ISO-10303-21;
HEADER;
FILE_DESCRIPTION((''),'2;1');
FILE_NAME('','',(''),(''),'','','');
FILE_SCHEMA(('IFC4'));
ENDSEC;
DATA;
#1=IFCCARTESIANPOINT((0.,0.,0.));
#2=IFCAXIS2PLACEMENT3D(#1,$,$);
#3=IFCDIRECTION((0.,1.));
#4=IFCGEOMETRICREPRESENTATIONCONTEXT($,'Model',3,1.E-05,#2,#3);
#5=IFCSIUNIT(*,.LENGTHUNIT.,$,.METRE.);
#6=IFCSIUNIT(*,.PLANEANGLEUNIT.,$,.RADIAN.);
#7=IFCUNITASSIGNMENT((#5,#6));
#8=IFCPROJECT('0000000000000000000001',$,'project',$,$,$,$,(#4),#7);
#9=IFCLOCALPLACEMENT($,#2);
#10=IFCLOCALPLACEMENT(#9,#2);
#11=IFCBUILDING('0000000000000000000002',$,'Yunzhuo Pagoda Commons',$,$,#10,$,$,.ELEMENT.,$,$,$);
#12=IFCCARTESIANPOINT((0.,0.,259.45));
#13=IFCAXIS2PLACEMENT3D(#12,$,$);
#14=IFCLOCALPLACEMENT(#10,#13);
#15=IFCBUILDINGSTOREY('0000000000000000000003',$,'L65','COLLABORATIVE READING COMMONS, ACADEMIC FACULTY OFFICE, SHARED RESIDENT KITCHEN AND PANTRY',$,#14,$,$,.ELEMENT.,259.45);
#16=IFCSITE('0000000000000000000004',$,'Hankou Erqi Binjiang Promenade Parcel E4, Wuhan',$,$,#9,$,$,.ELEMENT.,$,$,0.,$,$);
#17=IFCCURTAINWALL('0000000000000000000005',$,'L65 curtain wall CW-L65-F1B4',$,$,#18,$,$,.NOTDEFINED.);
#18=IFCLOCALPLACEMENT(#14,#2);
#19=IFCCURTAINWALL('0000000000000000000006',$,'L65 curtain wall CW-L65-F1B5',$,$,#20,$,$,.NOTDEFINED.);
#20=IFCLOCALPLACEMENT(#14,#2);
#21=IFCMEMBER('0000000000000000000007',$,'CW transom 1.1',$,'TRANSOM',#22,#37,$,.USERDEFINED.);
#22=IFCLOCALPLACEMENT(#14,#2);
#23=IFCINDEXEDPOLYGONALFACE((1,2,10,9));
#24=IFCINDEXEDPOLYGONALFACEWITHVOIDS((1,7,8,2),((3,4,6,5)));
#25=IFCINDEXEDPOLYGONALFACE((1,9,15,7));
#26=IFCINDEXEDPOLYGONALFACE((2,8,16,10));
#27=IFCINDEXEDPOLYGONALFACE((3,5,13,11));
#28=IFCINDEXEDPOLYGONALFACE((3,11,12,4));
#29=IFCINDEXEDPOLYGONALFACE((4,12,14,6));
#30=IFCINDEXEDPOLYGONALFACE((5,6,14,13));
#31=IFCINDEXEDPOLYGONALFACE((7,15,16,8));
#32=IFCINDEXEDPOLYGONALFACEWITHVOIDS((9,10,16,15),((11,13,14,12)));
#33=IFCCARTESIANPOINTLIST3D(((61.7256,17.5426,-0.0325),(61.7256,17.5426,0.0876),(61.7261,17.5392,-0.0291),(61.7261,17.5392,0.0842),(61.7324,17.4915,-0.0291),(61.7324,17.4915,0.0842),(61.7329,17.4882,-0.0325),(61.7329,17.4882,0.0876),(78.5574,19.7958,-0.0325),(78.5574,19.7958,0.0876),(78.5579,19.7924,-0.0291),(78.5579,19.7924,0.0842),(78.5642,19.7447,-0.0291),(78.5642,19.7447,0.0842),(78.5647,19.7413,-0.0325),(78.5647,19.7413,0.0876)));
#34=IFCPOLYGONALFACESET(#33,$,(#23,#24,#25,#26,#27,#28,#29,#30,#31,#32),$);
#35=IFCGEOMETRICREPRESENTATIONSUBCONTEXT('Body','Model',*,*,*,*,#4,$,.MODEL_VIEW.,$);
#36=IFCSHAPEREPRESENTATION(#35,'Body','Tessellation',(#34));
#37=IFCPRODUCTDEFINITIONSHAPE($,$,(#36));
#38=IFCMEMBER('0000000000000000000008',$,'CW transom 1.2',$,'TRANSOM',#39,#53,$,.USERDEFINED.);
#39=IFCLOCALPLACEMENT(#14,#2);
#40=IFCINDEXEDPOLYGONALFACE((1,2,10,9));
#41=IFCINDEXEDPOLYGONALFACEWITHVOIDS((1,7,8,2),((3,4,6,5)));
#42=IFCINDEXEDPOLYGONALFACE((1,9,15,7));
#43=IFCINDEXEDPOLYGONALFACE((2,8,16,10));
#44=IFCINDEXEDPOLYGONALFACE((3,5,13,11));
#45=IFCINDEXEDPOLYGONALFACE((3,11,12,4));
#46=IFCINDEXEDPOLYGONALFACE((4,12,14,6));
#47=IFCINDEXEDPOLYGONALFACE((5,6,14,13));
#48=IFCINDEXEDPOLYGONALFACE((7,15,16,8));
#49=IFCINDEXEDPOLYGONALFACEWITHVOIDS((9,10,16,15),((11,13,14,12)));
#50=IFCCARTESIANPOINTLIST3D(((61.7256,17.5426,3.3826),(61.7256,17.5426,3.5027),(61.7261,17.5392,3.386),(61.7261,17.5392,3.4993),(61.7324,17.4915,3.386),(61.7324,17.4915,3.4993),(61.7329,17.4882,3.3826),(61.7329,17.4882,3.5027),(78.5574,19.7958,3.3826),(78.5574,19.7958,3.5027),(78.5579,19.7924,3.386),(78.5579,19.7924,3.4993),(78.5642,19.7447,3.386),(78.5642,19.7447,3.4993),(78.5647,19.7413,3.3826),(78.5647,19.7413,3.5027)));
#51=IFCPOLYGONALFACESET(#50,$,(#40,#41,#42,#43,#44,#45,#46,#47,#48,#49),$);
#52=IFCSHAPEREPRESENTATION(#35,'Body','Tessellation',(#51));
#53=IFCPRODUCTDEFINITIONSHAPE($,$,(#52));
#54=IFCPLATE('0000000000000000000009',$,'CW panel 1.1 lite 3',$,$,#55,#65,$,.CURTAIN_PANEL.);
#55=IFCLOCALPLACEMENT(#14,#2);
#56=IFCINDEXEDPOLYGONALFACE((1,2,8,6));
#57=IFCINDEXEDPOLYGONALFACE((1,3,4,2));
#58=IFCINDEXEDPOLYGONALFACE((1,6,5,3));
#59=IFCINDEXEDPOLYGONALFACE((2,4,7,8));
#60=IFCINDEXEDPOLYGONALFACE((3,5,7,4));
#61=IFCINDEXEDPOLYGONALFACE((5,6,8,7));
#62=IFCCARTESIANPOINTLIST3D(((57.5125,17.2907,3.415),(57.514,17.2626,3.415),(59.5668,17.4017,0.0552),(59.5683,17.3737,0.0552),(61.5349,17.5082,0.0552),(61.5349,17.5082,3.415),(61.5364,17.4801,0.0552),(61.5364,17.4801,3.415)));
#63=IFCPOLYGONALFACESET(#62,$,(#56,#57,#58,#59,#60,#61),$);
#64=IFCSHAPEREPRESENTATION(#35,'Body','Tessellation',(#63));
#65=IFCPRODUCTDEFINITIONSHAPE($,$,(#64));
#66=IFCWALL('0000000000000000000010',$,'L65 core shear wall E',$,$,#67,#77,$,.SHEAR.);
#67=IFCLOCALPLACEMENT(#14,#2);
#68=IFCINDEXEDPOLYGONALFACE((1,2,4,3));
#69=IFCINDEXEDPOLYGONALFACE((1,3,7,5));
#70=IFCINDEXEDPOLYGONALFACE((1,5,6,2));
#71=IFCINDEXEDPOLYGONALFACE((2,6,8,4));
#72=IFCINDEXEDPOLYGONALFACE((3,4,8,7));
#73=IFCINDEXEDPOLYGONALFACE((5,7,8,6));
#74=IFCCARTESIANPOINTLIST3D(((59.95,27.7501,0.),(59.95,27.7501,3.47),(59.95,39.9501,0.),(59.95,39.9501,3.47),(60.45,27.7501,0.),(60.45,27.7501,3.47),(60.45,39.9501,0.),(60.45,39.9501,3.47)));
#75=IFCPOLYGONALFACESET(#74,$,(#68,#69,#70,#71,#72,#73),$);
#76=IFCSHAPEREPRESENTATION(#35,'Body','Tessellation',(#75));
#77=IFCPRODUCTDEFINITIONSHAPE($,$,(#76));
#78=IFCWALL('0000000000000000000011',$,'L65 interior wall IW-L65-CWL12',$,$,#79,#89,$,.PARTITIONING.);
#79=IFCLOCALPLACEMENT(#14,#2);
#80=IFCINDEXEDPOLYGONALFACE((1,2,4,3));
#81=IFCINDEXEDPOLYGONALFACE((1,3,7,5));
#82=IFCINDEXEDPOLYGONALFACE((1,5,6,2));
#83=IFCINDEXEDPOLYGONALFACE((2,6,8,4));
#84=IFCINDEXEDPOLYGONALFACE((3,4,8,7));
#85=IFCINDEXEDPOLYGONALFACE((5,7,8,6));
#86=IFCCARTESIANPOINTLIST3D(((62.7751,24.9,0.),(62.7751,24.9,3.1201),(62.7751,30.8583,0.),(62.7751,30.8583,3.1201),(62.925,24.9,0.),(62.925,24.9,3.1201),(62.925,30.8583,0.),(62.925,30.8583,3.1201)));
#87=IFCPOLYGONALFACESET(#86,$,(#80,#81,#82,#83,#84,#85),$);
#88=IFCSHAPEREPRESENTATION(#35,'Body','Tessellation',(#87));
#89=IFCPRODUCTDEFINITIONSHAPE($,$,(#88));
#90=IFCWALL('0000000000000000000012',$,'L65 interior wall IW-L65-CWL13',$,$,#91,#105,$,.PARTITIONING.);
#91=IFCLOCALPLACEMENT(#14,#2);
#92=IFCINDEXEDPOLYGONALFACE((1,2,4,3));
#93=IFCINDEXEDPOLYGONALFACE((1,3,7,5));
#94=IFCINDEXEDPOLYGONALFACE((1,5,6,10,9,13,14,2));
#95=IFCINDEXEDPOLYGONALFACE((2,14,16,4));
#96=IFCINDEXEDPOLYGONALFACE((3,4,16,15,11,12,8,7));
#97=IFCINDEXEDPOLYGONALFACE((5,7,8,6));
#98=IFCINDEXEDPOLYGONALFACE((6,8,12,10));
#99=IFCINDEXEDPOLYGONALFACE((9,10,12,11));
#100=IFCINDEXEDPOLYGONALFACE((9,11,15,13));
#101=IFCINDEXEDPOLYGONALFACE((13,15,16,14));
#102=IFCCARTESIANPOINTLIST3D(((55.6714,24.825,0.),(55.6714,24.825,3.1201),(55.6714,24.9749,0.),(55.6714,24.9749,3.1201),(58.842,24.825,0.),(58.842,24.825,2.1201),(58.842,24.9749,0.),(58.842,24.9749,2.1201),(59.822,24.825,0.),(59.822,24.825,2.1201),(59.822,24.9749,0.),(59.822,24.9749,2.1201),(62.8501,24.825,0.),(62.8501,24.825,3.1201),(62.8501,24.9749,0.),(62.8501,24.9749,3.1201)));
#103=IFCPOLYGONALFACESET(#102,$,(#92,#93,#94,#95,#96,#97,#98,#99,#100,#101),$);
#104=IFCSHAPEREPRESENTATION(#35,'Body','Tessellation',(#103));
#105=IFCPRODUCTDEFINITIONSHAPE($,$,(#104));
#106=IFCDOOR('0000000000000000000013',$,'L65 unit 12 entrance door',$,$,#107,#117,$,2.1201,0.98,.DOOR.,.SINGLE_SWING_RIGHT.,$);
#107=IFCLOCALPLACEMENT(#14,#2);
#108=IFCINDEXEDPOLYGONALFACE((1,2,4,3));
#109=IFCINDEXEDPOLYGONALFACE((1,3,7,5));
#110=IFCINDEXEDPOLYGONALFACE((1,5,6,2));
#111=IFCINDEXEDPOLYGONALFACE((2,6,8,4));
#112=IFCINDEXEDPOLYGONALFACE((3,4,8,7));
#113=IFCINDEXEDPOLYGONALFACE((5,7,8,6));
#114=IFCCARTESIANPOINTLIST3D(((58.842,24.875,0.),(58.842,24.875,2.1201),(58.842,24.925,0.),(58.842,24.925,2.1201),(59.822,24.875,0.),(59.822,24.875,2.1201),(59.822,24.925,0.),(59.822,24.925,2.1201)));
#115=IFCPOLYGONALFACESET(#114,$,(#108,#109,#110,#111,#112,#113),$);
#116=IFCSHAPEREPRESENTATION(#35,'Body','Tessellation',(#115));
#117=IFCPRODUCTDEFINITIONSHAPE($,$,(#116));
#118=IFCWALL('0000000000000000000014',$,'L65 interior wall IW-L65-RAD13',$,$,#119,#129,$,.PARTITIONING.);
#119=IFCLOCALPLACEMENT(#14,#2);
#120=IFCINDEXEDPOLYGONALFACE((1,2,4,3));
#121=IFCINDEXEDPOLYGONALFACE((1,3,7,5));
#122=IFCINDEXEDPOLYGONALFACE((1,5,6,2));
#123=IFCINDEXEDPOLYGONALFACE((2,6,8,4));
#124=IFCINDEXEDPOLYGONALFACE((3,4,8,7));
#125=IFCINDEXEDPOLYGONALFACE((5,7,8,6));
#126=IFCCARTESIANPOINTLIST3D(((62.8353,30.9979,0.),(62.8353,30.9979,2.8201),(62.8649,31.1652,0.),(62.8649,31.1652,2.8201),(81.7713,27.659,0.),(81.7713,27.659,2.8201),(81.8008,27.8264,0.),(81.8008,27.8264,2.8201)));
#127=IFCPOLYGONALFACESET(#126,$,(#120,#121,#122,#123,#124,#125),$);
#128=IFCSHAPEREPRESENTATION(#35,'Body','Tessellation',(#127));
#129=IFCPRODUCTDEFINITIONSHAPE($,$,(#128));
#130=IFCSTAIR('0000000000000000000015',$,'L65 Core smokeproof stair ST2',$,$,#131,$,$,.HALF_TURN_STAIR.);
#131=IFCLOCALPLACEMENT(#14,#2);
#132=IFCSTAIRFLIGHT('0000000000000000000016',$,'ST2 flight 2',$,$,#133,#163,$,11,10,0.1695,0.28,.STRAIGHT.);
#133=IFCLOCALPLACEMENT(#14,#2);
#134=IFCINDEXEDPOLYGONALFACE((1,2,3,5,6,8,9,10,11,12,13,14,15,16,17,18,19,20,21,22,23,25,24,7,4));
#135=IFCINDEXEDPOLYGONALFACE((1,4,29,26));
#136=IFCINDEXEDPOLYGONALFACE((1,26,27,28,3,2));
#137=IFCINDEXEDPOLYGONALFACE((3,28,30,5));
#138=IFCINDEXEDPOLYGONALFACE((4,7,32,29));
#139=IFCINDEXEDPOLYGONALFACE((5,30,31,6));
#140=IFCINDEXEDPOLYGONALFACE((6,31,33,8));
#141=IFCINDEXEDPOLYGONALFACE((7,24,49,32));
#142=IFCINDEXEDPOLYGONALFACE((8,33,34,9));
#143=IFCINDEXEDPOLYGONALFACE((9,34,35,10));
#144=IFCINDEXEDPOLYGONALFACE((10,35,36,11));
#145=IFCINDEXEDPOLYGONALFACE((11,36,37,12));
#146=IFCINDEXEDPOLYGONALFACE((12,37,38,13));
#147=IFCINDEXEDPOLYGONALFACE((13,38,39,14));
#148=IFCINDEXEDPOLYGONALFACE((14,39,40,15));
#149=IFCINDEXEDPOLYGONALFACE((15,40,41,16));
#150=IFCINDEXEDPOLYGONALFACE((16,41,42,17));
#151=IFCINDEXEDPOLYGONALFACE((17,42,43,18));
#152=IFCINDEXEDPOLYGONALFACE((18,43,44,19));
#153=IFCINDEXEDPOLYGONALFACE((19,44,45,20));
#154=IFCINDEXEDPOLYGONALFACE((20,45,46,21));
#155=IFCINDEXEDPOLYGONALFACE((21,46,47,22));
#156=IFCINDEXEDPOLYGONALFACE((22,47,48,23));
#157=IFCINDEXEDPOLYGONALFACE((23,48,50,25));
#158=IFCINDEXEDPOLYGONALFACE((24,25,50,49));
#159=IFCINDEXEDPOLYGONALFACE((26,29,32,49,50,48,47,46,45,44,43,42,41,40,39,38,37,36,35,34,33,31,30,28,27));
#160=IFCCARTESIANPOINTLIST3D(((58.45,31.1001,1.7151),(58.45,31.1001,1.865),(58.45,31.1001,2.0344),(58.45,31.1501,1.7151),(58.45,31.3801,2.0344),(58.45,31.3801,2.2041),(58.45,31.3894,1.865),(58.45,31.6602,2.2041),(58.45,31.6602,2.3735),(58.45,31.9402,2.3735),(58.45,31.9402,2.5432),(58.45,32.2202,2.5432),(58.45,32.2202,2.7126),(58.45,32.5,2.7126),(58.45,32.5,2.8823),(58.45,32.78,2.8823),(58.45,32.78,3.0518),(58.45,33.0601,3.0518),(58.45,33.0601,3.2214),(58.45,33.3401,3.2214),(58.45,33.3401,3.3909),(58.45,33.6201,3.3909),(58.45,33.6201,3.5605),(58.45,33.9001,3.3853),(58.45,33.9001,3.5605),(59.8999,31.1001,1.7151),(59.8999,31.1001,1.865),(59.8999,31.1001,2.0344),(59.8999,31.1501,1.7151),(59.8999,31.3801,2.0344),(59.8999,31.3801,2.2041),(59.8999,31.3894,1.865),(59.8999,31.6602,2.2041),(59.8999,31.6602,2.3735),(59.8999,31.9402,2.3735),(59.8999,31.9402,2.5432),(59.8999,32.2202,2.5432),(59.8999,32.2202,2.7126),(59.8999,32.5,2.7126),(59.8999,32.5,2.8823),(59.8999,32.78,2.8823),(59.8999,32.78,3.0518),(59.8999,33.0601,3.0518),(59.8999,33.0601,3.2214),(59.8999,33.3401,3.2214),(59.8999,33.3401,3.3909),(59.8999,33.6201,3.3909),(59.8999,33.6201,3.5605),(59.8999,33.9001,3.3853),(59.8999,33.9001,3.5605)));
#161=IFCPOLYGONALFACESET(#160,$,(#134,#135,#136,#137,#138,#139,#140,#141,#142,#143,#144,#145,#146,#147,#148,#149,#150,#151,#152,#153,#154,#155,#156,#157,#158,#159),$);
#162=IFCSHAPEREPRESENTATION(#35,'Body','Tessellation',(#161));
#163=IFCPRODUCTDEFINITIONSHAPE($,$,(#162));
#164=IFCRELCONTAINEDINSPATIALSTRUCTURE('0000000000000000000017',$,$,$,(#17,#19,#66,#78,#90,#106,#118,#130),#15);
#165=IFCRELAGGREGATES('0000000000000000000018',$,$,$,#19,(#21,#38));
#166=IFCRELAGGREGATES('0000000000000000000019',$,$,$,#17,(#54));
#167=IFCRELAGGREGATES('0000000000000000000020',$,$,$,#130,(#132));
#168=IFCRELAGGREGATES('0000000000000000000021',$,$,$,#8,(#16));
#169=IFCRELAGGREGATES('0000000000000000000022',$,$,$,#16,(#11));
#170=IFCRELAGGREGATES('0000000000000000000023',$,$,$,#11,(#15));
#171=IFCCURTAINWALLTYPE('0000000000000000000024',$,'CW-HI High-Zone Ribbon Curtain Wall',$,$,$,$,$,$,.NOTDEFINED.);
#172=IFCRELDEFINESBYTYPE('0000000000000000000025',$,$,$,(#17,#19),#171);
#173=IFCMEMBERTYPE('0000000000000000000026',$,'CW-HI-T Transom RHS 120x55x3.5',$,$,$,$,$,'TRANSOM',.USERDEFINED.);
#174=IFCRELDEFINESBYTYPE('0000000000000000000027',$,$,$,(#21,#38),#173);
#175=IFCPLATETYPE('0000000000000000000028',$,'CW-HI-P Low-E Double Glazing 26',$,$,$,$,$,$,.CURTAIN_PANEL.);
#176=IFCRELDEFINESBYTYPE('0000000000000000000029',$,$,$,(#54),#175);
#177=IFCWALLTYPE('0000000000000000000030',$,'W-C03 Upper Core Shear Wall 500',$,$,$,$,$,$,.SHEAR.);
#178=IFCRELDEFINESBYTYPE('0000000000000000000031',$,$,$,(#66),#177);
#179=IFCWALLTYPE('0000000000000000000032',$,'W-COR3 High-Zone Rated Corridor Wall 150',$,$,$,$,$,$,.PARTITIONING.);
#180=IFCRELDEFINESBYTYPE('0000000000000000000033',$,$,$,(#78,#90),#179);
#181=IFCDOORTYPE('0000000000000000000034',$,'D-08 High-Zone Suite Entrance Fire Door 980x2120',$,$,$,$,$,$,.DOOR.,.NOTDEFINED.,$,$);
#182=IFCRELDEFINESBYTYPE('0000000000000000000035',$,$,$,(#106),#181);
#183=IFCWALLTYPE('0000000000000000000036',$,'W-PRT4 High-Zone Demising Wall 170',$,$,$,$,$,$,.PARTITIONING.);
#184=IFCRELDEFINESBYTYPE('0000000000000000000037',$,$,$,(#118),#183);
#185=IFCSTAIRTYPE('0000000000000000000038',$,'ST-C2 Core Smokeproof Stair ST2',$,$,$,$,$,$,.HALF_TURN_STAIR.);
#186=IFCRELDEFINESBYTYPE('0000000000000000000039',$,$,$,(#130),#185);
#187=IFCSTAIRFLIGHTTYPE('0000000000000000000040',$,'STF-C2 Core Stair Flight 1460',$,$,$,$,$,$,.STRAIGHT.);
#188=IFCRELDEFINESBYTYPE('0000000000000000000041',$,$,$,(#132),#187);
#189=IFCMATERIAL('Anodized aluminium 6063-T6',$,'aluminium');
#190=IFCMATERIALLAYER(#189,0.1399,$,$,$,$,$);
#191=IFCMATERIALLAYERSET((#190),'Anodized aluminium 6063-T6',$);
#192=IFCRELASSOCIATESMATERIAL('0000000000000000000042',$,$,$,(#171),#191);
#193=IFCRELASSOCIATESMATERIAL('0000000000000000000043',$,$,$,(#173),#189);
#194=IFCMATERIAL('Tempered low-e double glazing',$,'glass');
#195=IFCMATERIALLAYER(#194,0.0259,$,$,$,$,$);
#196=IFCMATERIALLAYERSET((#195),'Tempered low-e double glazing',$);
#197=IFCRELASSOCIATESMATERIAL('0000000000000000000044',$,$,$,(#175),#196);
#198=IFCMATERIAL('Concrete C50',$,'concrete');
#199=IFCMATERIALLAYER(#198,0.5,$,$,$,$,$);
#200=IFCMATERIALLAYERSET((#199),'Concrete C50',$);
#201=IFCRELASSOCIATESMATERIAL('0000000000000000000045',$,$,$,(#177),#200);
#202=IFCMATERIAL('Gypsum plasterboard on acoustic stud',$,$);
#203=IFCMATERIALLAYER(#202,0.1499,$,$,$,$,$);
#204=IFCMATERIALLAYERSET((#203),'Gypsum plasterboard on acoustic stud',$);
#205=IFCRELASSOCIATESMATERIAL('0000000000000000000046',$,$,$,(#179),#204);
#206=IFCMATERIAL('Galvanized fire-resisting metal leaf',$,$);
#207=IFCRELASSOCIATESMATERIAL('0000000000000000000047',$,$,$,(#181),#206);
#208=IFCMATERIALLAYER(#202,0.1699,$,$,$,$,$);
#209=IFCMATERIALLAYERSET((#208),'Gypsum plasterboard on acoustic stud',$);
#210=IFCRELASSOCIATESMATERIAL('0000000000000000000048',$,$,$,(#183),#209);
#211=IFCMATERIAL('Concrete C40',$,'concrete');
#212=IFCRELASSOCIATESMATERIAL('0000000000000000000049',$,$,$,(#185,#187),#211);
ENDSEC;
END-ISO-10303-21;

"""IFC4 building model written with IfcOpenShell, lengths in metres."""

from ifc_helpers import new_model, si_unit, direction, frame, frame_2d, origin, origin_with_axes, origin_2d, place, context, subcontext, project, spatial, polyline, rectangle, hollow_rectangle, outline, extrude, source, transform, mapped, material, layer, layer_set, material_profile, profile_set, type_object, element, fill, aggregate, save


model = new_model("IFC4")

# Units and contexts
model_context = context("Model", 3, precision=1e-05, world=origin(), true_north=direction((0.0, 1.0)))
body_context = subcontext(model_context, "Body", "Model", "MODEL_VIEW")
ifc_project = project(units=[si_unit("LENGTHUNIT", "METRE"), si_unit("PLANEANGLEUNIT", "RADIAN")], contexts=[model_context])

# Site, building, storey
site_placement = place(None, origin())
site = spatial("IfcSite", under=ifc_project, at=site_placement, Name="Hankou Erqi Binjiang Promenade Parcel E4, Wuhan", CompositionType="ELEMENT", RefElevation=0.0)
building_placement = place(site_placement, origin())
building = spatial("IfcBuilding", under=site, at=building_placement, Name="Yunzhuo Pagoda Commons", CompositionType="ELEMENT")
storey_placement = place(building_placement, frame((0.0, 0.0, 259.45)))
storey = spatial("IfcBuildingStorey", under=building, at=storey_placement, Name="L65", Description="COLLABORATIVE READING COMMONS, ACADEMIC FACULTY OFFICE, SHARED RESIDENT KITCHEN AND PANTRY", CompositionType="ELEMENT", Elevation=259.45)

# Curtain wall
ifc_material_1 = material(Name="Anodized aluminium 6063-T6", Category="aluminium")
ifc_layer_1 = layer(ifc_material_1, 0.1399)
ifc_layer_set_1 = layer_set([ifc_layer_1], Name="Anodized aluminium 6063-T6")
curtain_wall_type = type_object("IfcCurtainWallType", Name="CW-HI High-Zone Ribbon Curtain Wall", PredefinedType="NOTDEFINED", material=ifc_layer_set_1)
curtain_wall_1_placement = place(storey_placement, origin())
curtain_wall_1 = element("IfcCurtainWall", 1, at=curtain_wall_1_placement, inside=storey, type_object=curtain_wall_type, Name="L65 curtain wall CW-L65-F1B4", PredefinedType="NOTDEFINED")

# Curtain wall, members
curtain_wall_2_placement = place(storey_placement, origin())
curtain_wall_2 = element("IfcCurtainWall", 2, at=curtain_wall_2_placement, inside=storey, type_object=curtain_wall_type, Name="L65 curtain wall CW-L65-F1B5", PredefinedType="NOTDEFINED")
ifc_material_profile_1 = material_profile(ifc_material_1, hollow_rectangle(XDim=0.0549, YDim=0.1201, WallThickness=0.0034, at=origin_2d()), Name="Anodized aluminium 6063-T6")
ifc_profile_set_1 = profile_set([ifc_material_profile_1], Name="Anodized aluminium 6063-T6")
member_type_1 = type_object("IfcMemberType", Name="CW-HI-T Transom RHS 120x55x3.5", ElementType="TRANSOM", PredefinedType="USERDEFINED", material=ifc_profile_set_1)
shared_shape_1 = source(origin(), body_context, "Body", "SweptSolid", [
    extrude(hollow_rectangle(XDim=0.0549, YDim=0.1201, WallThickness=0.0034, at=origin_2d()), origin(), (0.0, 0.0, 1.0), 16.9819),
])
member_1_placement = place(storey_placement, frame((61.7292, 17.5154, 0.0276), z_axis=(0.991159, 0.132681, 0.0), x_axis=(-0.132681, 0.991159, 0.0)))
member_1 = element("IfcMember", 3, at=member_1_placement, type_object=member_type_1, Name="CW transom 1.1", ObjectType="TRANSOM", PredefinedType="USERDEFINED", context=body_context, shape_type="MappedRepresentation", body=[
    mapped(shared_shape_1, transform((0.0, 0.0, 0.0), scale=1.0)),
])
member_2_placement = place(storey_placement, frame((61.7292, 17.5154, 3.4426), z_axis=(0.991159, 0.132681, 0.0), x_axis=(-0.132681, 0.991159, 0.0)))
member_2 = element("IfcMember", 4, at=member_2_placement, type_object=member_type_1, Name="CW transom 1.2", ObjectType="TRANSOM", PredefinedType="USERDEFINED", context=body_context, shape_type="MappedRepresentation", body=[
    mapped(shared_shape_1, transform((0.0, 0.0, 0.0), scale=1.0)),
])
aggregate(curtain_wall_2, [member_1, member_2])

# Plate
ifc_material_2 = material(Name="Tempered low-e double glazing", Category="glass")
ifc_layer_2 = layer(ifc_material_2, 0.0259)
ifc_layer_set_2 = layer_set([ifc_layer_2], Name="Tempered low-e double glazing")
plate_type = type_object("IfcPlateType", Name="CW-HI-P Low-E Double Glazing 26", PredefinedType="CURTAIN_PANEL", material=ifc_layer_set_2)
plate_placement = place(storey_placement, frame((59.5237, 17.3994, 1.7351), z_axis=(0.053989, -0.998542, 0.0), x_axis=(0.998542, 0.053989, 0.0)))
plate = element("IfcPlate", 5, at=plate_placement, type_object=plate_type, Name="CW panel 1.1 lite 3", PredefinedType="CURTAIN_PANEL", context=body_context, shape_type="SweptSolid", body=[
    extrude(outline(polyline([(-2.0142, 1.6799), (0.0432, -1.6799), (2.0142, -1.6799), (2.0142, 1.6799), (-2.0142, 1.6799)])), origin(), (0.0, 0.0, 1.0), 0.0281),
])
aggregate(curtain_wall_1, [plate])

# Wall
ifc_material_3 = material(Name="Concrete C50", Category="concrete")
ifc_layer_3 = layer(ifc_material_3, 0.5)
ifc_layer_set_3 = layer_set([ifc_layer_3], Name="Concrete C50")
wall_type_1 = type_object("IfcWallType", Name="W-C03 Upper Core Shear Wall 500", PredefinedType="SHEAR", material=ifc_layer_set_3)
wall_1_placement = place(storey_placement, frame((60.2, 27.75, 0.0), z_axis=(0.0, 0.0, 1.0), x_axis=(0.0, 1.0, 0.0)))
element("IfcWall", 6, at=wall_1_placement, inside=storey, type_object=wall_type_1, Name="L65 core shear wall E", PredefinedType="SHEAR", context=body_context, shape_type="SweptSolid", body=[
    extrude(rectangle(XDim=12.2, YDim=0.5, at=frame_2d((6.1001, 0.0))), origin(), (0.0, 0.0, 1.0), 3.47),
])

# Shared definitions
ifc_material_4 = material(Name="Gypsum plasterboard on acoustic stud")
ifc_layer_4 = layer(ifc_material_4, 0.1499)
ifc_layer_set_4 = layer_set([ifc_layer_4], Name="Gypsum plasterboard on acoustic stud")
wall_type_2 = type_object("IfcWallType", Name="W-COR3 High-Zone Rated Corridor Wall 150", PredefinedType="PARTITIONING", material=ifc_layer_set_4)
ifc_material_5 = material(Name="Galvanized fire-resisting metal leaf")
door_type = type_object("IfcDoorType", Name="D-08 High-Zone Suite Entrance Fire Door 980x2120", OperationType="NOTDEFINED", PredefinedType="DOOR", material=ifc_material_5)
shared_shape_2 = source(origin(), body_context, "Body", "SweptSolid", [
    extrude(rectangle(XDim=0.98, YDim=2.1201, at=frame_2d((0.49, 1.0601))), frame((0.0, 0.0249, 0.0), z_axis=(0.0, -1.0, 0.0), x_axis=(1.0, 0.0, 0.0)), (0.0, 0.0, 1.0), 0.05),
])

# Wall
wall_2_placement = place(storey_placement, frame((62.8501, 30.8582, 0.0), z_axis=(0.0, 0.0, 1.0), x_axis=(0.0, -1.0, 0.0)))
element("IfcWall", 7, at=wall_2_placement, inside=storey, type_object=wall_type_2, Name="L65 interior wall IW-L65-CWL12", PredefinedType="PARTITIONING", context=body_context, shape_type="SweptSolid", body=[
    extrude(rectangle(XDim=5.9583, YDim=0.1499, at=frame_2d((2.979, 0.0))), origin(), (0.0, 0.0, 1.0), 3.1201),
])

# Wall, opening, door
wall_3_placement = place(storey_placement, frame((62.8501, 24.8999, 0.0), z_axis=(0.0, 0.0, 1.0), x_axis=(-1.0, 0.0, 0.0)))
wall_3 = element("IfcWall", 8, at=wall_3_placement, inside=storey, type_object=wall_type_2, Name="L65 interior wall IW-L65-CWL13", PredefinedType="PARTITIONING", context=body_context, shape_type="SweptSolid", body=[
    extrude(rectangle(XDim=7.1787, YDim=0.1499, at=frame_2d((3.5894, 0.0))), origin(), (0.0, 0.0, 1.0), 3.1201),
])
opening_1_placement = place(wall_3_placement, frame((3.0281, 0.0, 0.0)))
opening_1 = element("IfcOpeningElement", 9, at=opening_1_placement, cuts=wall_3, PredefinedType="OPENING", context=body_context, shape_type="SweptSolid", body=[
    extrude(rectangle(XDim=0.98, YDim=2.1201, at=frame_2d((0.49, 1.0601))), frame((0.0, 0.085, 0.0), z_axis=(0.0, -1.0, 0.0), x_axis=(1.0, 0.0, 0.0)), (0.0, 0.0, 1.0), 0.1699),
])
door_1_placement = place(opening_1_placement, origin_with_axes())
door_1 = element("IfcDoor", 10, at=door_1_placement, inside=storey, type_object=door_type, Name="L65 unit 12 entrance door", OperationType="SINGLE_SWING_RIGHT", OverallHeight=2.1201, OverallWidth=0.98, PredefinedType="DOOR", context=body_context, shape_type="MappedRepresentation", body=[
    mapped(shared_shape_2, transform((0.0, 0.0, 0.0), scale=1.0)),
])
fill(opening_1, door_1)

# Wall
ifc_layer_5 = layer(ifc_material_4, 0.1699)
ifc_layer_set_5 = layer_set([ifc_layer_5], Name="Gypsum plasterboard on acoustic stud")
wall_type_3 = type_object("IfcWallType", Name="W-PRT4 High-Zone Demising Wall 170", PredefinedType="PARTITIONING", material=ifc_layer_set_5)
wall_4_placement = place(storey_placement, frame((62.8501, 31.0815, 0.0), z_axis=(0.0, 0.0, 1.0), x_axis=(0.984808, -0.173645, 0.0)))
element("IfcWall", 11, at=wall_4_placement, inside=storey, type_object=wall_type_3, Name="L65 interior wall IW-L65-RAD13", PredefinedType="PARTITIONING", context=body_context, shape_type="SweptSolid", body=[
    extrude(rectangle(XDim=19.228, YDim=0.1699, at=frame_2d((9.614, 0.0))), origin(), (0.0, 0.0, 1.0), 2.8201),
])

# Stair, stair flight
ifc_material_6 = material(Name="Concrete C40", Category="concrete")
stair_type = type_object("IfcStairType", Name="ST-C2 Core Smokeproof Stair ST2", PredefinedType="HALF_TURN_STAIR", material=ifc_material_6)
stair_placement = place(storey_placement, origin())
stair = element("IfcStair", 12, at=stair_placement, inside=storey, type_object=stair_type, Name="L65 Core smokeproof stair ST2", PredefinedType="HALF_TURN_STAIR")
stair_flight_type = type_object("IfcStairFlightType", Name="STF-C2 Core Stair Flight 1460", PredefinedType="STRAIGHT", material=ifc_material_6)
shared_shape_3 = source(origin(), body_context, "Body", "SweptSolid", [
    extrude(outline(polyline([(0.0, -0.1499), (0.0, 0.0), (0.0, 0.1694), (0.28, 0.1694), (0.28, 0.3391), (0.5601, 0.3391), (0.5601, 0.5085), (0.8401, 0.5085), (0.8401, 0.6782), (1.1201, 0.6782), (1.1201, 0.8477), (1.3999, 0.8477), (1.3999, 1.0173), (1.6799, 1.0173), (1.6799, 1.1868), (1.96, 1.1868), (1.96, 1.3564), (2.24, 1.3564), (2.24, 1.5259), (2.52, 1.5259), (2.52, 1.6956), (2.8, 1.6956), (2.8, 1.865), (2.8, 1.5203), (0.2893, 0.0), (0.05, -0.1499), (0.0, -0.1499)])), frame((0.0, 0.7251, 0.0), z_axis=(0.0, -1.0, 0.0), x_axis=(1.0, 0.0, 0.0)), (0.0, 0.0, 1.0), 1.45),
])
stair_flight_placement = place(storey_placement, frame((59.175, 31.1001, 1.865), z_axis=(0.0, 0.0, 1.0), x_axis=(0.0, 1.0, 0.0)))
stair_flight = element("IfcStairFlight", 13, at=stair_flight_placement, type_object=stair_flight_type, Name="ST2 flight 2", NumberOfRisers=11, NumberOfTreads=10, PredefinedType="STRAIGHT", RiserHeight=0.1695, TreadLength=0.28, context=body_context, shape_type="MappedRepresentation", body=[
    mapped(shared_shape_3, transform((0.0, 0.0, 0.0), scale=1.0)),
])
aggregate(stair, [stair_flight])

save(model, "model.ifc")
